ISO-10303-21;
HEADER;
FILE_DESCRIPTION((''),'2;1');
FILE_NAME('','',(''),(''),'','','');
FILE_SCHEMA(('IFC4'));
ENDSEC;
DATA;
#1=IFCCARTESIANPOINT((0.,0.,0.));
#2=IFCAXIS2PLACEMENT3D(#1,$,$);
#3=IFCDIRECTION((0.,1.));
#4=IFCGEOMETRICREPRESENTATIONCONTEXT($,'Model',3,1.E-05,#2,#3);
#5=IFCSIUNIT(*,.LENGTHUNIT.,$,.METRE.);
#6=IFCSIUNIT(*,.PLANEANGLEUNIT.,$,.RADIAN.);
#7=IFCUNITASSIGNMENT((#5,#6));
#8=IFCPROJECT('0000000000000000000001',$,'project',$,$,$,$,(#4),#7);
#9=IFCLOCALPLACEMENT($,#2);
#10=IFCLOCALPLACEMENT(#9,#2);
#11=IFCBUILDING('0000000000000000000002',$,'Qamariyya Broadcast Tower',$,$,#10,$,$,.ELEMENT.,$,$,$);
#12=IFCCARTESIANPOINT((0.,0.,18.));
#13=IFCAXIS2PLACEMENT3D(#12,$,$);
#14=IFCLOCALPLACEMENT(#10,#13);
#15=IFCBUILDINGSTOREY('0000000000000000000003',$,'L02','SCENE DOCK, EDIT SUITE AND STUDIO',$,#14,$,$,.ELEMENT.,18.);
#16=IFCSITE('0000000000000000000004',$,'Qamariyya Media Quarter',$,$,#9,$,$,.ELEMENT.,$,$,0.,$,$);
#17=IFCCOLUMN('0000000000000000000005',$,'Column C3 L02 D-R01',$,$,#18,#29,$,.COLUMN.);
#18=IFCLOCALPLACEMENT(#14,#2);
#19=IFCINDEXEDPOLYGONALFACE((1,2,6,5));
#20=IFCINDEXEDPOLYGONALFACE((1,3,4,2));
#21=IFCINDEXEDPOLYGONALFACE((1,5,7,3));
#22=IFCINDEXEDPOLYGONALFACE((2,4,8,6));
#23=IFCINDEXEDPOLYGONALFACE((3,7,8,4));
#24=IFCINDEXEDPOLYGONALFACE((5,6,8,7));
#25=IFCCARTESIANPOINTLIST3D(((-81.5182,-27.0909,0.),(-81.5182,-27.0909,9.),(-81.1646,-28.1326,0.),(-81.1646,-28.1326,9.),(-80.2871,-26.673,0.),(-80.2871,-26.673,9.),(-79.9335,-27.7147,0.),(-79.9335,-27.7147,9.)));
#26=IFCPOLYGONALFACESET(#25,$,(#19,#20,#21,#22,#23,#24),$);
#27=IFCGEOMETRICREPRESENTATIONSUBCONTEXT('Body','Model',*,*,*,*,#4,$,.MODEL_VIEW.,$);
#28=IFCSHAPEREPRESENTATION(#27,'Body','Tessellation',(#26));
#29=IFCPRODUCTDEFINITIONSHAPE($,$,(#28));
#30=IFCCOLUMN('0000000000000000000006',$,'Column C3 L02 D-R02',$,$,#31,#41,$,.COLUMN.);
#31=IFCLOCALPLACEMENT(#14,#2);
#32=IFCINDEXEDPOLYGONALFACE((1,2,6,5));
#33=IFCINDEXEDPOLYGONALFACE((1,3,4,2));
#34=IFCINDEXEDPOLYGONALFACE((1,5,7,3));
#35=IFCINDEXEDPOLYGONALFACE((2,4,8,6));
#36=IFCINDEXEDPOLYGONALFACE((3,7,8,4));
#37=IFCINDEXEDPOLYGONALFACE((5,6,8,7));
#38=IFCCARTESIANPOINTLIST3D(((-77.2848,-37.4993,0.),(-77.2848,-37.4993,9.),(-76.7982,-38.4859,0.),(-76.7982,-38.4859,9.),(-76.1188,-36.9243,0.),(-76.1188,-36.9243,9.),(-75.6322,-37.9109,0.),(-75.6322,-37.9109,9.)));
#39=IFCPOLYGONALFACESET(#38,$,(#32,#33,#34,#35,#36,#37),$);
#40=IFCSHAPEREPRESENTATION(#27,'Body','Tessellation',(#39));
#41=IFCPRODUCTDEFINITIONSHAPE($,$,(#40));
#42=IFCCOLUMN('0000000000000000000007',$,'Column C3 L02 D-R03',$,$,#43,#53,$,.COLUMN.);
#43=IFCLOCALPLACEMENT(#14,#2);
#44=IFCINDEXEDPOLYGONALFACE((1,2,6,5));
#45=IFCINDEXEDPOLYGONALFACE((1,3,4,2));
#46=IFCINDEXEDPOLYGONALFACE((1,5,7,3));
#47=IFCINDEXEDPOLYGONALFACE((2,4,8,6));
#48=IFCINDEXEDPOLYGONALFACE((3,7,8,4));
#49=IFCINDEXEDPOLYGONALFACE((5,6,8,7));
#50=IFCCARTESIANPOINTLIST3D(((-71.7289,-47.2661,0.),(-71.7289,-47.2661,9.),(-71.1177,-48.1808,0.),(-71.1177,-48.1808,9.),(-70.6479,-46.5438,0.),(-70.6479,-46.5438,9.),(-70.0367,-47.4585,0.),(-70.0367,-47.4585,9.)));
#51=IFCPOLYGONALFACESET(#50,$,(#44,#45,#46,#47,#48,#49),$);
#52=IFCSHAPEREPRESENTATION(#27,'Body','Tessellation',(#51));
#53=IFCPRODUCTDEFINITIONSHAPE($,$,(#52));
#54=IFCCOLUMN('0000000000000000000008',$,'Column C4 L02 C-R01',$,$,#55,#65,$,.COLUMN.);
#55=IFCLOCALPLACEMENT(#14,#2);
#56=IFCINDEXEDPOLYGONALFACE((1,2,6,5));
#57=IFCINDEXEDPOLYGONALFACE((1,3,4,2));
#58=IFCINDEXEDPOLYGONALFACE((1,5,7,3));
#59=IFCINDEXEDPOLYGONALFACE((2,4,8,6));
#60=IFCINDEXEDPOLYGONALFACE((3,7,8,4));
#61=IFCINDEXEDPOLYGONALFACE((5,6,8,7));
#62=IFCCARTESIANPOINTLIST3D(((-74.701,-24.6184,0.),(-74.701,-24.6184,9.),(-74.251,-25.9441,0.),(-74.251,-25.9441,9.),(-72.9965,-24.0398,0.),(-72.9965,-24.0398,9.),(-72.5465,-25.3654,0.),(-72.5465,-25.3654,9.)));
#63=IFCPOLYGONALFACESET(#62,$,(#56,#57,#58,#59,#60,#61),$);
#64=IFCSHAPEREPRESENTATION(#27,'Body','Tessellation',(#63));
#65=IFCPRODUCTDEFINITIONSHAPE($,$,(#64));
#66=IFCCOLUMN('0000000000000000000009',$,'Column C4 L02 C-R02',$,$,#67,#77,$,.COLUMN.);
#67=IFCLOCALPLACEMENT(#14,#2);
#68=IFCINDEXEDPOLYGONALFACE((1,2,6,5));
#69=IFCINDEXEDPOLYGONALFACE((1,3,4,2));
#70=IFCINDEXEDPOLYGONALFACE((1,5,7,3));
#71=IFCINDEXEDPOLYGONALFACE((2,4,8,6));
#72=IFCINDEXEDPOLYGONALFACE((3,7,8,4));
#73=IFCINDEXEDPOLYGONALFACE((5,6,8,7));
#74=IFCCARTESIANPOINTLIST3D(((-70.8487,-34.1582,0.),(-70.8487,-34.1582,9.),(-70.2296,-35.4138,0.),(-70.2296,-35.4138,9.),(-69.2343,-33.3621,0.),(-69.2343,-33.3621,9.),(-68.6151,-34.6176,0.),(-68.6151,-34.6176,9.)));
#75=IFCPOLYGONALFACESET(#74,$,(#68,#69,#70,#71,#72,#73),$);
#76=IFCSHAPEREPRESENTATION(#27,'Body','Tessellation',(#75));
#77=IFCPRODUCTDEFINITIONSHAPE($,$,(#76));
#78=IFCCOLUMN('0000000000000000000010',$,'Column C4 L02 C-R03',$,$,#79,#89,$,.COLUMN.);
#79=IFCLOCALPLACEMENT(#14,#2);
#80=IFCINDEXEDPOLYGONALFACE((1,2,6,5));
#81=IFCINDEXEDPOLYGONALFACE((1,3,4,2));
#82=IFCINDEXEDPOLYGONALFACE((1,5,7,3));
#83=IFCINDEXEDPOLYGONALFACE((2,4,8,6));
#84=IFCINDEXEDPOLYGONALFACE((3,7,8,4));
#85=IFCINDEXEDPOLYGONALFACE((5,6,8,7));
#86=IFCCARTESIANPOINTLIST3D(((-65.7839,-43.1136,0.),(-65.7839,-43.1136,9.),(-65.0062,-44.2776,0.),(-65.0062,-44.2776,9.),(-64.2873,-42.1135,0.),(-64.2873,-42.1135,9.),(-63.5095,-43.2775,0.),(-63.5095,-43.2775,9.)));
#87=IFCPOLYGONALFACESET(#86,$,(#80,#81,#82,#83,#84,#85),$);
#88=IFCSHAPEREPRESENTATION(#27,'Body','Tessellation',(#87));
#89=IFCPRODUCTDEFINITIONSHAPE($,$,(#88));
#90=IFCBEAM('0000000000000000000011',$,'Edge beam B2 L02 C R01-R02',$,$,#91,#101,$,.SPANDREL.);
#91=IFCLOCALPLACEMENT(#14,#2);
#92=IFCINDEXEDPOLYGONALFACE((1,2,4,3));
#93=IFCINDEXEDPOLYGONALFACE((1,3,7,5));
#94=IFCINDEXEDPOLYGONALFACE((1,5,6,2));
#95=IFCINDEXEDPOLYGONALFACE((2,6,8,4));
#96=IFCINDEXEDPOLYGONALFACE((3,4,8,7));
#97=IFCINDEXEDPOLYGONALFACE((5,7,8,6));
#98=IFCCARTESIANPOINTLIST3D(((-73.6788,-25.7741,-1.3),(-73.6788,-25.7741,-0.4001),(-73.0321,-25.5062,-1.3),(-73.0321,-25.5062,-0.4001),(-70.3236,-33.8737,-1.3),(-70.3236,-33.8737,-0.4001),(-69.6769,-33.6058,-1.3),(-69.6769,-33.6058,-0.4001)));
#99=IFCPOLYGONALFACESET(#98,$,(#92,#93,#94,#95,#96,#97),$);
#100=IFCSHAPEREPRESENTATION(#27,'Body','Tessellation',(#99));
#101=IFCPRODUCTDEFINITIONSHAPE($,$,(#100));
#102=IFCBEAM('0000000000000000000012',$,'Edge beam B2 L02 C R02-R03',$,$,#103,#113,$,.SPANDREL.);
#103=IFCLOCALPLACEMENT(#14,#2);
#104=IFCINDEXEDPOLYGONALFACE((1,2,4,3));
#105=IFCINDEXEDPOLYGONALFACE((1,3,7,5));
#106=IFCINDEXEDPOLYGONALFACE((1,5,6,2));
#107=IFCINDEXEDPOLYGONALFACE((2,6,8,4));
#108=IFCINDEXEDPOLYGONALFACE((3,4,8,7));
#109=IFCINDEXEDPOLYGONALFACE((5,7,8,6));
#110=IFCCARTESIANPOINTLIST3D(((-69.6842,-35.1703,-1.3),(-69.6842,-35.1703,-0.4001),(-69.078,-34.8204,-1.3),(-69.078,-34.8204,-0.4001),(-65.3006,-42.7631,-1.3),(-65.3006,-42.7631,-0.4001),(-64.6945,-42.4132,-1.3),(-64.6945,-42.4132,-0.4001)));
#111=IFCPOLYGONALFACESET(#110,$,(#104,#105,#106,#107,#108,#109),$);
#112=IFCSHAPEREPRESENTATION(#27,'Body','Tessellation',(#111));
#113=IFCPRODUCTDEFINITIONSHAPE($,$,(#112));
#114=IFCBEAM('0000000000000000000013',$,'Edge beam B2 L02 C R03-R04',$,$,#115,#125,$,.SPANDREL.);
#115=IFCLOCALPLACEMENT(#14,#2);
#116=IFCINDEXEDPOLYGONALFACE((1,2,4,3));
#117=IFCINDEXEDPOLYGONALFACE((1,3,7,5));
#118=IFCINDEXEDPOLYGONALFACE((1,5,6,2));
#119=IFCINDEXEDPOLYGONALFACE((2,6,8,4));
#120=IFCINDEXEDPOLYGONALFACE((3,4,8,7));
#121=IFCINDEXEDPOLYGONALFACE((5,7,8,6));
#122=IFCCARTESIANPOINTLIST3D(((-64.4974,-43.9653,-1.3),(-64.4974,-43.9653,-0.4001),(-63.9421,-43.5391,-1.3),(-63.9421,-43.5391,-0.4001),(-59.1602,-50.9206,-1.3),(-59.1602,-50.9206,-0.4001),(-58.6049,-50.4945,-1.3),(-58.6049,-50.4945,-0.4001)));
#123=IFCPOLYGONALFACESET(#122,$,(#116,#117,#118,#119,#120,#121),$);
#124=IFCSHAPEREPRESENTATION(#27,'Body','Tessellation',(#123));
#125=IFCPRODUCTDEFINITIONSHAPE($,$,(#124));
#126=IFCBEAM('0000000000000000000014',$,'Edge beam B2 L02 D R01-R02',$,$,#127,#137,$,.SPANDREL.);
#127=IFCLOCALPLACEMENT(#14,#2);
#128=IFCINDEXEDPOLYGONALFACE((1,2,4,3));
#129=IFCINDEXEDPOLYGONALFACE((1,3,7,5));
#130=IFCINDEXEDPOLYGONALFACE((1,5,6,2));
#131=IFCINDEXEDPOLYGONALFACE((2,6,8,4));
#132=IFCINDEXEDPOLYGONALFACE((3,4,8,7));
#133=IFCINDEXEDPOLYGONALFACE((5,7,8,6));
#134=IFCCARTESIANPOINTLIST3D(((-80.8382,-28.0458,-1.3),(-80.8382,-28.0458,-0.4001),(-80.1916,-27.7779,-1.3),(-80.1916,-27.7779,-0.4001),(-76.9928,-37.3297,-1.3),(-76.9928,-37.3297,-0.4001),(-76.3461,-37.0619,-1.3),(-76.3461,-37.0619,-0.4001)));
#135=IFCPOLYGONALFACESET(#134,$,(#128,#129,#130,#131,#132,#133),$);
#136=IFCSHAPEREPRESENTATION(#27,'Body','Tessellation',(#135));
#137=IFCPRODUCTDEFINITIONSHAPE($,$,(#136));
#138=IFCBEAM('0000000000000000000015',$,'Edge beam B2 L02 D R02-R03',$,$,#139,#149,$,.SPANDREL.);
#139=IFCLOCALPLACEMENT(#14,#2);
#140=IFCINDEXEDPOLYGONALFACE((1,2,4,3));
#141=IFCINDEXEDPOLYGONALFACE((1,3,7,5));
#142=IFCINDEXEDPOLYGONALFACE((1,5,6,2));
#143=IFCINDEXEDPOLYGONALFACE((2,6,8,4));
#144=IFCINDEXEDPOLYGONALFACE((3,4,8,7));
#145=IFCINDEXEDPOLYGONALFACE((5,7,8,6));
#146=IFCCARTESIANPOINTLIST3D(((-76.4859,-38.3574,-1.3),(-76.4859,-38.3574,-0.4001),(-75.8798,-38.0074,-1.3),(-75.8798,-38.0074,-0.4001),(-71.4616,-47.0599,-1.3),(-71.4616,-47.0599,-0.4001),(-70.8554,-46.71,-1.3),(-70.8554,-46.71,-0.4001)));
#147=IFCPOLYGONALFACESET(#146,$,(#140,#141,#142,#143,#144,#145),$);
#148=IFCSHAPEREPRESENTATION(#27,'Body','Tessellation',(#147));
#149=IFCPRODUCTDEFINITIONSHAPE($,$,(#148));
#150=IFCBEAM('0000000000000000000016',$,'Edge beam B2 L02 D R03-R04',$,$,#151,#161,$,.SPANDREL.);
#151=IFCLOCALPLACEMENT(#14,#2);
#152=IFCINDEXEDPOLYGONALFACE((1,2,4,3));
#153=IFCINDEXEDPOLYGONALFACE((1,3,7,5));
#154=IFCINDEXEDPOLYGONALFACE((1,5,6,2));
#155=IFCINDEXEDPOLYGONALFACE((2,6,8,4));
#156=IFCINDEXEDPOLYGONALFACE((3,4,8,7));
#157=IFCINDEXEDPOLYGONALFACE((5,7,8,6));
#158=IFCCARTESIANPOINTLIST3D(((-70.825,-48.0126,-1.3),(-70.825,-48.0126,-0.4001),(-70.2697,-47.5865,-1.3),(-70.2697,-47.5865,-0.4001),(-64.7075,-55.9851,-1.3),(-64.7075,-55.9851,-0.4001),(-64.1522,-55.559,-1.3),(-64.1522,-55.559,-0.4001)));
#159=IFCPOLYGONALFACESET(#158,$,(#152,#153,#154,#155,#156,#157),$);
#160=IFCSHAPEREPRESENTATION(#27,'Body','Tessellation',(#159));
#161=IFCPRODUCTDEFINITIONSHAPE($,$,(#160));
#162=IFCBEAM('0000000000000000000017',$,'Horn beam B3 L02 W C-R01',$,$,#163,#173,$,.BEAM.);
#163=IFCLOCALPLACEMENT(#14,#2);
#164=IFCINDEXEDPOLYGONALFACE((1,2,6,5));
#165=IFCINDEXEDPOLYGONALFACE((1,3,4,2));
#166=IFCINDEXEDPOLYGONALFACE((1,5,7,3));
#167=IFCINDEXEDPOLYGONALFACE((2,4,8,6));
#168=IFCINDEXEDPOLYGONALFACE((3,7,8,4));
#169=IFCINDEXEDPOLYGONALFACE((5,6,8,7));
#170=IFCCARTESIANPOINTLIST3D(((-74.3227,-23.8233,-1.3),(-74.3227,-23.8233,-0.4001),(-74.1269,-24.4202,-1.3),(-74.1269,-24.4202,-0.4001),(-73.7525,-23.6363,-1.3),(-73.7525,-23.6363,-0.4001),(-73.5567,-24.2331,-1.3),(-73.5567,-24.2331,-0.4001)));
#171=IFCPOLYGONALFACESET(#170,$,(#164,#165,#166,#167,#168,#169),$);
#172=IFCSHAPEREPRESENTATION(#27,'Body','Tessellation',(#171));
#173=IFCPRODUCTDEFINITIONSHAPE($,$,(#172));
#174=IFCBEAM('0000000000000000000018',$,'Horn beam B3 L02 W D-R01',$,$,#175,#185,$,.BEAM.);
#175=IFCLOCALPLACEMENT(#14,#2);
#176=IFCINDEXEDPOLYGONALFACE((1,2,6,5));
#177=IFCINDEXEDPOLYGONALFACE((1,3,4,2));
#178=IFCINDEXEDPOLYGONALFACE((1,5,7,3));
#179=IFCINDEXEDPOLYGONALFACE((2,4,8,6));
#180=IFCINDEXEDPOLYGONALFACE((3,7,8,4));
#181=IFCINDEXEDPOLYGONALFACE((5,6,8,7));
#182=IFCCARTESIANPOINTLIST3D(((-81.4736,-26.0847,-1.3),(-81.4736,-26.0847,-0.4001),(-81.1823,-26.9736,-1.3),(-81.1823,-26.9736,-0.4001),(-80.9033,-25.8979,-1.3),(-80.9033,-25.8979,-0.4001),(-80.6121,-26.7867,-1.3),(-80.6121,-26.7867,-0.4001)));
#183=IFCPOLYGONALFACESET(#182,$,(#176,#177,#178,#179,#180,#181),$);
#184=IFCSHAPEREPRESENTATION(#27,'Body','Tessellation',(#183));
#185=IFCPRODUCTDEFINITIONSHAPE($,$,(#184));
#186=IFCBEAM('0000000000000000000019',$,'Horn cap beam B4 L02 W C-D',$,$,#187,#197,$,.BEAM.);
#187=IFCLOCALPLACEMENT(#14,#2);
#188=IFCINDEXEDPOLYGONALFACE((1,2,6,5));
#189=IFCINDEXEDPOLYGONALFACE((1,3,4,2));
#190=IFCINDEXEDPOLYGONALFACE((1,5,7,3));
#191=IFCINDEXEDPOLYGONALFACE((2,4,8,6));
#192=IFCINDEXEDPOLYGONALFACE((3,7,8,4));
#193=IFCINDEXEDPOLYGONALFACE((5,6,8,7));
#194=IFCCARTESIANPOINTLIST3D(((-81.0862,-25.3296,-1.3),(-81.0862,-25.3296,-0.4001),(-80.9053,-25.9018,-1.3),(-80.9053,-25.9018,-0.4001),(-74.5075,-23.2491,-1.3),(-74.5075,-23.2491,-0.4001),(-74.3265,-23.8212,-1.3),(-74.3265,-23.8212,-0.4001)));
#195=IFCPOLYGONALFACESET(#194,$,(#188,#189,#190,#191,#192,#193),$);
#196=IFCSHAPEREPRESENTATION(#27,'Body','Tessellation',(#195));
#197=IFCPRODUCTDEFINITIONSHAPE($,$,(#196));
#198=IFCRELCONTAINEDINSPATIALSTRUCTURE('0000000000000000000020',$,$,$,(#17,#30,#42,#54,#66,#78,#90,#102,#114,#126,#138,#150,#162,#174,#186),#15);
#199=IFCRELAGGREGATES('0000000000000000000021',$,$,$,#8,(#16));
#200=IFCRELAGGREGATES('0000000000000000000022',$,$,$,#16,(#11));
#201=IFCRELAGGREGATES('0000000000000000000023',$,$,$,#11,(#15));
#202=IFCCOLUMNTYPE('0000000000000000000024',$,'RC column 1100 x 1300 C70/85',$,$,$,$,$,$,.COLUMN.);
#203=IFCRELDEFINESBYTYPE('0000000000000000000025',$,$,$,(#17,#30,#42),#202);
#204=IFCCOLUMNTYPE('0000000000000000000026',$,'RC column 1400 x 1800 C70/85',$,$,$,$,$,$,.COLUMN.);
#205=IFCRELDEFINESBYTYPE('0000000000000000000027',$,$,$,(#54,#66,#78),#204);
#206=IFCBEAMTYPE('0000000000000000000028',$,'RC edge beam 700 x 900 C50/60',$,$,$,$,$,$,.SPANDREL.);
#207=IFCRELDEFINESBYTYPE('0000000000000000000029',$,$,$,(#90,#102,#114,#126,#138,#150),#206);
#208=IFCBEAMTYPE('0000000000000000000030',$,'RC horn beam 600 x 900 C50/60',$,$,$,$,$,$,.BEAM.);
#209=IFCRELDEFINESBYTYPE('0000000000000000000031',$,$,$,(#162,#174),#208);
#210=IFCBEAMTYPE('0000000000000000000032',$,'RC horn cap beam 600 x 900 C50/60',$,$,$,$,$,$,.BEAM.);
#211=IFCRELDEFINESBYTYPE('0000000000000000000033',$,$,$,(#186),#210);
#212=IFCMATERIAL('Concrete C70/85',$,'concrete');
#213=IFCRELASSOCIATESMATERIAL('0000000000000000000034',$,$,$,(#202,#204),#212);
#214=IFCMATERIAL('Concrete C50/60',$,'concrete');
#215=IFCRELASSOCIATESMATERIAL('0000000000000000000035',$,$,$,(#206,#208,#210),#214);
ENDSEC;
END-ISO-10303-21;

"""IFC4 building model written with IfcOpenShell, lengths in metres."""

from ifc_helpers import new_model, si_unit, direction, frame, origin, origin_2d, place, context, subcontext, project, spatial, rectangle, extrude, material, material_profile, profile_set, type_object, element, save


model = new_model("IFC4")

# Units and contexts
model_context = context("Model", 3, precision=1e-05, world=origin(), true_north=direction((0.0, 1.0)))
body_context = subcontext(model_context, "Body", "Model", "MODEL_VIEW")
ifc_project = project(units=[si_unit("LENGTHUNIT", "METRE"), si_unit("PLANEANGLEUNIT", "RADIAN")], contexts=[model_context])

# Site, building, storey
site_placement = place(None, origin())
site = spatial("IfcSite", under=ifc_project, at=site_placement, Name="Qamariyya Media Quarter", CompositionType="ELEMENT", RefElevation=0.0)
building_placement = place(site_placement, origin())
building = spatial("IfcBuilding", under=site, at=building_placement, Name="Qamariyya Broadcast Tower", CompositionType="ELEMENT")
storey_placement = place(building_placement, frame((0.0, 0.0, 18.0)))
storey = spatial("IfcBuildingStorey", under=building, at=storey_placement, Name="L02", Description="SCENE DOCK, EDIT SUITE AND STUDIO", CompositionType="ELEMENT", Elevation=18.0)

# Columns
ifc_material_1 = material(Name="Concrete C70/85", Category="concrete")
ifc_material_profile_1 = material_profile(ifc_material_1, rectangle(XDim=1.1001, YDim=1.3, at=origin_2d()))
ifc_profile_set_1 = profile_set([ifc_material_profile_1], Name="Concrete C70/85")
column_type_1 = type_object("IfcColumnType", Name="RC column 1100 x 1300 C70/85", PredefinedType="COLUMN", material=ifc_profile_set_1)
for number, where, z_axis, x_axis, name in (
    (1, (-80.7258, -27.4028, 0.0), (0.0, 0.0, 1.0), (0.321439, -0.94693, 0.0), "Column C3 L02 D-R01"),
    (2, (-76.4585, -37.7051, 0.0), (0.0, 0.0, 1.0), (0.442289, -0.896873, 0.0), "Column C3 L02 D-R02"),
    (3, (-70.8828, -47.3623, 0.0), (0.0, 0.0, 1.0), (0.55557, -0.83147, 0.0), "Column C3 L02 D-R03"),
):
    element("IfcColumn", number, at=place(storey_placement, frame(where, z_axis=z_axis, x_axis=x_axis)), inside=storey, type_object=column_type_1, Name=name, PredefinedType="COLUMN", context=body_context, shape_type="SweptSolid", body=[
        extrude(rectangle(XDim=1.1001, YDim=1.3, at=origin_2d()), origin(), (0.0, 0.0, 1.0), 9.0),
    ])
ifc_material_profile_2 = material_profile(ifc_material_1, rectangle(XDim=1.3999, YDim=1.8, at=origin_2d()))
ifc_profile_set_2 = profile_set([ifc_material_profile_2], Name="Concrete C70/85")
column_type_2 = type_object("IfcColumnType", Name="RC column 1400 x 1800 C70/85", PredefinedType="COLUMN", material=ifc_profile_set_2)
for number, where, z_axis, x_axis, name in (
    (4, (-73.6238, -24.9919, 0.0), (0.0, 0.0, 1.0), (0.321439, -0.94693, 0.0), "Column C4 L02 C-R01"),
    (5, (-69.7319, -34.3879, 0.0), (0.0, 0.0, 1.0), (0.442289, -0.896873, 0.0), "Column C4 L02 C-R02"),
    (6, (-64.6467, -43.1956, 0.0), (0.0, 0.0, 1.0), (0.55557, -0.83147, 0.0), "Column C4 L02 C-R03"),
):
    element("IfcColumn", number, at=place(storey_placement, frame(where, z_axis=z_axis, x_axis=x_axis)), inside=storey, type_object=column_type_2, Name=name, PredefinedType="COLUMN", context=body_context, shape_type="SweptSolid", body=[
        extrude(rectangle(XDim=1.3999, YDim=1.8, at=origin_2d()), origin(), (0.0, 0.0, 1.0), 9.0),
    ])

# Beams
ifc_material_2 = material(Name="Concrete C50/60", Category="concrete")
ifc_material_profile_3 = material_profile(ifc_material_2, rectangle(XDim=0.7, YDim=0.8999, at=origin_2d()))
ifc_profile_set_3 = profile_set([ifc_material_profile_3], Name="Concrete C50/60")
beam_type_1 = type_object("IfcBeamType", Name="RC edge beam 700 x 900 C50/60", PredefinedType="SPANDREL", material=ifc_profile_set_3)
beam_1_placement = place(storey_placement, frame((-73.3555, -25.6401, -0.8501), z_axis=(0.382708, -0.923869, 0.0), x_axis=(0.923869, 0.382708, 0.0)))
element("IfcBeam", 7, at=beam_1_placement, inside=storey, type_object=beam_type_1, Name="Edge beam B2 L02 C R01-R02", PredefinedType="SPANDREL", context=body_context, shape_type="SweptSolid", body=[
    extrude(rectangle(XDim=0.7, YDim=0.8999, at=origin_2d()), origin(), (0.0, 0.0, 1.0), 8.7671),
])
beam_2_placement = place(storey_placement, frame((-69.3811, -34.9954, -0.8501), z_axis=(0.499988, -0.866033, 0.0), x_axis=(0.866033, 0.499988, 0.0)))
element("IfcBeam", 8, at=beam_2_placement, inside=storey, type_object=beam_type_1, Name="Edge beam B2 L02 C R02-R03", PredefinedType="SPANDREL", context=body_context, shape_type="SweptSolid", body=[
    extrude(rectangle(XDim=0.7, YDim=0.8999, at=origin_2d()), origin(), (0.0, 0.0, 1.0), 8.7673),
])
beam_3_placement = place(storey_placement, frame((-64.2197, -43.7522, -0.8501), z_axis=(0.608772, -0.793345, 0.0), x_axis=(0.793345, 0.608772, 0.0)))
element("IfcBeam", 9, at=beam_3_placement, inside=storey, type_object=beam_type_1, Name="Edge beam B2 L02 C R03-R04", PredefinedType="SPANDREL", context=body_context, shape_type="SweptSolid", body=[
    extrude(rectangle(XDim=0.7, YDim=0.8999, at=origin_2d()), origin(), (0.0, 0.0, 1.0), 8.7671),
])
for number, where, z_axis, x_axis, name in (
    (10, (-80.5149, -27.9119, -0.8501), (0.382677, -0.923882, 0.0), (0.923882, 0.382677, 0.0), "Edge beam B2 L02 D R01-R02"),
    (11, (-76.1829, -38.1824, -0.8501), (0.499996, -0.866028, 0.0), (0.866028, 0.499996, 0.0), "Edge beam B2 L02 D R02-R03"),
):
    element("IfcBeam", number, at=place(storey_placement, frame(where, z_axis=z_axis, x_axis=x_axis)), inside=storey, type_object=beam_type_1, Name=name, PredefinedType="SPANDREL", context=body_context, shape_type="SweptSolid", body=[
        extrude(rectangle(XDim=0.7, YDim=0.8999, at=origin_2d()), origin(), (0.0, 0.0, 1.0), 10.0488),
    ])
beam_4_placement = place(storey_placement, frame((-70.5474, -47.7996, -0.8501), z_axis=(0.60876, -0.793354, 0.0), x_axis=(0.793354, 0.60876, 0.0)))
element("IfcBeam", 12, at=beam_4_placement, inside=storey, type_object=beam_type_1, Name="Edge beam B2 L02 D R03-R04", PredefinedType="SPANDREL", context=body_context, shape_type="SweptSolid", body=[
    extrude(rectangle(XDim=0.7, YDim=0.8999, at=origin_2d()), origin(), (0.0, 0.0, 1.0), 10.0491),
])
ifc_material_profile_4 = material_profile(ifc_material_2, rectangle(XDim=0.6001, YDim=0.8999, at=origin_2d()))
ifc_profile_set_4 = profile_set([ifc_material_profile_4], Name="Concrete C50/60")
beam_type_2 = type_object("IfcBeamType", Name="RC horn beam 600 x 900 C50/60", PredefinedType="BEAM", material=ifc_profile_set_4)
beam_5_placement = place(storey_placement, frame((-73.8418, -24.3267, -0.8501), z_axis=(-0.311677, 0.950188, 0.0), x_axis=(-0.950188, -0.311677, 0.0)))
element("IfcBeam", 13, at=beam_5_placement, inside=storey, type_object=beam_type_2, Name="Horn beam B3 L02 W C-R01", PredefinedType="BEAM", context=body_context, shape_type="SweptSolid", body=[
    extrude(rectangle(XDim=0.6001, YDim=0.8999, at=origin_2d()), origin(), (0.0, 0.0, 1.0), 0.6282),
])
beam_6_placement = place(storey_placement, frame((-80.8972, -26.8801, -0.8501), z_axis=(-0.311369, 0.950289, 0.0), x_axis=(-0.950289, -0.311369, 0.0)))
element("IfcBeam", 14, at=beam_6_placement, inside=storey, type_object=beam_type_2, Name="Horn beam B3 L02 W D-R01", PredefinedType="BEAM", context=body_context, shape_type="SweptSolid", body=[
    extrude(rectangle(XDim=0.6001, YDim=0.8999, at=origin_2d()), origin(), (0.0, 0.0, 1.0), 0.9353),
])
ifc_material_profile_5 = material_profile(ifc_material_2, rectangle(XDim=0.6001, YDim=0.8999, at=origin_2d()))
ifc_profile_set_5 = profile_set([ifc_material_profile_5], Name="Concrete C50/60")
beam_type_3 = type_object("IfcBeamType", Name="RC horn cap beam 600 x 900 C50/60", PredefinedType="BEAM", material=ifc_profile_set_5)
beam_7_placement = place(storey_placement, frame((-74.417, -23.5352, -0.8501), z_axis=(-0.953456, -0.301531, 0.0), x_axis=(0.301531, -0.953456, 0.0)))
element("IfcBeam", 15, at=beam_7_placement, inside=storey, type_object=beam_type_3, Name="Horn cap beam B4 L02 W C-D", PredefinedType="BEAM", context=body_context, shape_type="SweptSolid", body=[
    extrude(rectangle(XDim=0.6001, YDim=0.8999, at=origin_2d()), origin(), (0.0, 0.0, 1.0), 6.8999),
])

save(model, "model.ifc")
